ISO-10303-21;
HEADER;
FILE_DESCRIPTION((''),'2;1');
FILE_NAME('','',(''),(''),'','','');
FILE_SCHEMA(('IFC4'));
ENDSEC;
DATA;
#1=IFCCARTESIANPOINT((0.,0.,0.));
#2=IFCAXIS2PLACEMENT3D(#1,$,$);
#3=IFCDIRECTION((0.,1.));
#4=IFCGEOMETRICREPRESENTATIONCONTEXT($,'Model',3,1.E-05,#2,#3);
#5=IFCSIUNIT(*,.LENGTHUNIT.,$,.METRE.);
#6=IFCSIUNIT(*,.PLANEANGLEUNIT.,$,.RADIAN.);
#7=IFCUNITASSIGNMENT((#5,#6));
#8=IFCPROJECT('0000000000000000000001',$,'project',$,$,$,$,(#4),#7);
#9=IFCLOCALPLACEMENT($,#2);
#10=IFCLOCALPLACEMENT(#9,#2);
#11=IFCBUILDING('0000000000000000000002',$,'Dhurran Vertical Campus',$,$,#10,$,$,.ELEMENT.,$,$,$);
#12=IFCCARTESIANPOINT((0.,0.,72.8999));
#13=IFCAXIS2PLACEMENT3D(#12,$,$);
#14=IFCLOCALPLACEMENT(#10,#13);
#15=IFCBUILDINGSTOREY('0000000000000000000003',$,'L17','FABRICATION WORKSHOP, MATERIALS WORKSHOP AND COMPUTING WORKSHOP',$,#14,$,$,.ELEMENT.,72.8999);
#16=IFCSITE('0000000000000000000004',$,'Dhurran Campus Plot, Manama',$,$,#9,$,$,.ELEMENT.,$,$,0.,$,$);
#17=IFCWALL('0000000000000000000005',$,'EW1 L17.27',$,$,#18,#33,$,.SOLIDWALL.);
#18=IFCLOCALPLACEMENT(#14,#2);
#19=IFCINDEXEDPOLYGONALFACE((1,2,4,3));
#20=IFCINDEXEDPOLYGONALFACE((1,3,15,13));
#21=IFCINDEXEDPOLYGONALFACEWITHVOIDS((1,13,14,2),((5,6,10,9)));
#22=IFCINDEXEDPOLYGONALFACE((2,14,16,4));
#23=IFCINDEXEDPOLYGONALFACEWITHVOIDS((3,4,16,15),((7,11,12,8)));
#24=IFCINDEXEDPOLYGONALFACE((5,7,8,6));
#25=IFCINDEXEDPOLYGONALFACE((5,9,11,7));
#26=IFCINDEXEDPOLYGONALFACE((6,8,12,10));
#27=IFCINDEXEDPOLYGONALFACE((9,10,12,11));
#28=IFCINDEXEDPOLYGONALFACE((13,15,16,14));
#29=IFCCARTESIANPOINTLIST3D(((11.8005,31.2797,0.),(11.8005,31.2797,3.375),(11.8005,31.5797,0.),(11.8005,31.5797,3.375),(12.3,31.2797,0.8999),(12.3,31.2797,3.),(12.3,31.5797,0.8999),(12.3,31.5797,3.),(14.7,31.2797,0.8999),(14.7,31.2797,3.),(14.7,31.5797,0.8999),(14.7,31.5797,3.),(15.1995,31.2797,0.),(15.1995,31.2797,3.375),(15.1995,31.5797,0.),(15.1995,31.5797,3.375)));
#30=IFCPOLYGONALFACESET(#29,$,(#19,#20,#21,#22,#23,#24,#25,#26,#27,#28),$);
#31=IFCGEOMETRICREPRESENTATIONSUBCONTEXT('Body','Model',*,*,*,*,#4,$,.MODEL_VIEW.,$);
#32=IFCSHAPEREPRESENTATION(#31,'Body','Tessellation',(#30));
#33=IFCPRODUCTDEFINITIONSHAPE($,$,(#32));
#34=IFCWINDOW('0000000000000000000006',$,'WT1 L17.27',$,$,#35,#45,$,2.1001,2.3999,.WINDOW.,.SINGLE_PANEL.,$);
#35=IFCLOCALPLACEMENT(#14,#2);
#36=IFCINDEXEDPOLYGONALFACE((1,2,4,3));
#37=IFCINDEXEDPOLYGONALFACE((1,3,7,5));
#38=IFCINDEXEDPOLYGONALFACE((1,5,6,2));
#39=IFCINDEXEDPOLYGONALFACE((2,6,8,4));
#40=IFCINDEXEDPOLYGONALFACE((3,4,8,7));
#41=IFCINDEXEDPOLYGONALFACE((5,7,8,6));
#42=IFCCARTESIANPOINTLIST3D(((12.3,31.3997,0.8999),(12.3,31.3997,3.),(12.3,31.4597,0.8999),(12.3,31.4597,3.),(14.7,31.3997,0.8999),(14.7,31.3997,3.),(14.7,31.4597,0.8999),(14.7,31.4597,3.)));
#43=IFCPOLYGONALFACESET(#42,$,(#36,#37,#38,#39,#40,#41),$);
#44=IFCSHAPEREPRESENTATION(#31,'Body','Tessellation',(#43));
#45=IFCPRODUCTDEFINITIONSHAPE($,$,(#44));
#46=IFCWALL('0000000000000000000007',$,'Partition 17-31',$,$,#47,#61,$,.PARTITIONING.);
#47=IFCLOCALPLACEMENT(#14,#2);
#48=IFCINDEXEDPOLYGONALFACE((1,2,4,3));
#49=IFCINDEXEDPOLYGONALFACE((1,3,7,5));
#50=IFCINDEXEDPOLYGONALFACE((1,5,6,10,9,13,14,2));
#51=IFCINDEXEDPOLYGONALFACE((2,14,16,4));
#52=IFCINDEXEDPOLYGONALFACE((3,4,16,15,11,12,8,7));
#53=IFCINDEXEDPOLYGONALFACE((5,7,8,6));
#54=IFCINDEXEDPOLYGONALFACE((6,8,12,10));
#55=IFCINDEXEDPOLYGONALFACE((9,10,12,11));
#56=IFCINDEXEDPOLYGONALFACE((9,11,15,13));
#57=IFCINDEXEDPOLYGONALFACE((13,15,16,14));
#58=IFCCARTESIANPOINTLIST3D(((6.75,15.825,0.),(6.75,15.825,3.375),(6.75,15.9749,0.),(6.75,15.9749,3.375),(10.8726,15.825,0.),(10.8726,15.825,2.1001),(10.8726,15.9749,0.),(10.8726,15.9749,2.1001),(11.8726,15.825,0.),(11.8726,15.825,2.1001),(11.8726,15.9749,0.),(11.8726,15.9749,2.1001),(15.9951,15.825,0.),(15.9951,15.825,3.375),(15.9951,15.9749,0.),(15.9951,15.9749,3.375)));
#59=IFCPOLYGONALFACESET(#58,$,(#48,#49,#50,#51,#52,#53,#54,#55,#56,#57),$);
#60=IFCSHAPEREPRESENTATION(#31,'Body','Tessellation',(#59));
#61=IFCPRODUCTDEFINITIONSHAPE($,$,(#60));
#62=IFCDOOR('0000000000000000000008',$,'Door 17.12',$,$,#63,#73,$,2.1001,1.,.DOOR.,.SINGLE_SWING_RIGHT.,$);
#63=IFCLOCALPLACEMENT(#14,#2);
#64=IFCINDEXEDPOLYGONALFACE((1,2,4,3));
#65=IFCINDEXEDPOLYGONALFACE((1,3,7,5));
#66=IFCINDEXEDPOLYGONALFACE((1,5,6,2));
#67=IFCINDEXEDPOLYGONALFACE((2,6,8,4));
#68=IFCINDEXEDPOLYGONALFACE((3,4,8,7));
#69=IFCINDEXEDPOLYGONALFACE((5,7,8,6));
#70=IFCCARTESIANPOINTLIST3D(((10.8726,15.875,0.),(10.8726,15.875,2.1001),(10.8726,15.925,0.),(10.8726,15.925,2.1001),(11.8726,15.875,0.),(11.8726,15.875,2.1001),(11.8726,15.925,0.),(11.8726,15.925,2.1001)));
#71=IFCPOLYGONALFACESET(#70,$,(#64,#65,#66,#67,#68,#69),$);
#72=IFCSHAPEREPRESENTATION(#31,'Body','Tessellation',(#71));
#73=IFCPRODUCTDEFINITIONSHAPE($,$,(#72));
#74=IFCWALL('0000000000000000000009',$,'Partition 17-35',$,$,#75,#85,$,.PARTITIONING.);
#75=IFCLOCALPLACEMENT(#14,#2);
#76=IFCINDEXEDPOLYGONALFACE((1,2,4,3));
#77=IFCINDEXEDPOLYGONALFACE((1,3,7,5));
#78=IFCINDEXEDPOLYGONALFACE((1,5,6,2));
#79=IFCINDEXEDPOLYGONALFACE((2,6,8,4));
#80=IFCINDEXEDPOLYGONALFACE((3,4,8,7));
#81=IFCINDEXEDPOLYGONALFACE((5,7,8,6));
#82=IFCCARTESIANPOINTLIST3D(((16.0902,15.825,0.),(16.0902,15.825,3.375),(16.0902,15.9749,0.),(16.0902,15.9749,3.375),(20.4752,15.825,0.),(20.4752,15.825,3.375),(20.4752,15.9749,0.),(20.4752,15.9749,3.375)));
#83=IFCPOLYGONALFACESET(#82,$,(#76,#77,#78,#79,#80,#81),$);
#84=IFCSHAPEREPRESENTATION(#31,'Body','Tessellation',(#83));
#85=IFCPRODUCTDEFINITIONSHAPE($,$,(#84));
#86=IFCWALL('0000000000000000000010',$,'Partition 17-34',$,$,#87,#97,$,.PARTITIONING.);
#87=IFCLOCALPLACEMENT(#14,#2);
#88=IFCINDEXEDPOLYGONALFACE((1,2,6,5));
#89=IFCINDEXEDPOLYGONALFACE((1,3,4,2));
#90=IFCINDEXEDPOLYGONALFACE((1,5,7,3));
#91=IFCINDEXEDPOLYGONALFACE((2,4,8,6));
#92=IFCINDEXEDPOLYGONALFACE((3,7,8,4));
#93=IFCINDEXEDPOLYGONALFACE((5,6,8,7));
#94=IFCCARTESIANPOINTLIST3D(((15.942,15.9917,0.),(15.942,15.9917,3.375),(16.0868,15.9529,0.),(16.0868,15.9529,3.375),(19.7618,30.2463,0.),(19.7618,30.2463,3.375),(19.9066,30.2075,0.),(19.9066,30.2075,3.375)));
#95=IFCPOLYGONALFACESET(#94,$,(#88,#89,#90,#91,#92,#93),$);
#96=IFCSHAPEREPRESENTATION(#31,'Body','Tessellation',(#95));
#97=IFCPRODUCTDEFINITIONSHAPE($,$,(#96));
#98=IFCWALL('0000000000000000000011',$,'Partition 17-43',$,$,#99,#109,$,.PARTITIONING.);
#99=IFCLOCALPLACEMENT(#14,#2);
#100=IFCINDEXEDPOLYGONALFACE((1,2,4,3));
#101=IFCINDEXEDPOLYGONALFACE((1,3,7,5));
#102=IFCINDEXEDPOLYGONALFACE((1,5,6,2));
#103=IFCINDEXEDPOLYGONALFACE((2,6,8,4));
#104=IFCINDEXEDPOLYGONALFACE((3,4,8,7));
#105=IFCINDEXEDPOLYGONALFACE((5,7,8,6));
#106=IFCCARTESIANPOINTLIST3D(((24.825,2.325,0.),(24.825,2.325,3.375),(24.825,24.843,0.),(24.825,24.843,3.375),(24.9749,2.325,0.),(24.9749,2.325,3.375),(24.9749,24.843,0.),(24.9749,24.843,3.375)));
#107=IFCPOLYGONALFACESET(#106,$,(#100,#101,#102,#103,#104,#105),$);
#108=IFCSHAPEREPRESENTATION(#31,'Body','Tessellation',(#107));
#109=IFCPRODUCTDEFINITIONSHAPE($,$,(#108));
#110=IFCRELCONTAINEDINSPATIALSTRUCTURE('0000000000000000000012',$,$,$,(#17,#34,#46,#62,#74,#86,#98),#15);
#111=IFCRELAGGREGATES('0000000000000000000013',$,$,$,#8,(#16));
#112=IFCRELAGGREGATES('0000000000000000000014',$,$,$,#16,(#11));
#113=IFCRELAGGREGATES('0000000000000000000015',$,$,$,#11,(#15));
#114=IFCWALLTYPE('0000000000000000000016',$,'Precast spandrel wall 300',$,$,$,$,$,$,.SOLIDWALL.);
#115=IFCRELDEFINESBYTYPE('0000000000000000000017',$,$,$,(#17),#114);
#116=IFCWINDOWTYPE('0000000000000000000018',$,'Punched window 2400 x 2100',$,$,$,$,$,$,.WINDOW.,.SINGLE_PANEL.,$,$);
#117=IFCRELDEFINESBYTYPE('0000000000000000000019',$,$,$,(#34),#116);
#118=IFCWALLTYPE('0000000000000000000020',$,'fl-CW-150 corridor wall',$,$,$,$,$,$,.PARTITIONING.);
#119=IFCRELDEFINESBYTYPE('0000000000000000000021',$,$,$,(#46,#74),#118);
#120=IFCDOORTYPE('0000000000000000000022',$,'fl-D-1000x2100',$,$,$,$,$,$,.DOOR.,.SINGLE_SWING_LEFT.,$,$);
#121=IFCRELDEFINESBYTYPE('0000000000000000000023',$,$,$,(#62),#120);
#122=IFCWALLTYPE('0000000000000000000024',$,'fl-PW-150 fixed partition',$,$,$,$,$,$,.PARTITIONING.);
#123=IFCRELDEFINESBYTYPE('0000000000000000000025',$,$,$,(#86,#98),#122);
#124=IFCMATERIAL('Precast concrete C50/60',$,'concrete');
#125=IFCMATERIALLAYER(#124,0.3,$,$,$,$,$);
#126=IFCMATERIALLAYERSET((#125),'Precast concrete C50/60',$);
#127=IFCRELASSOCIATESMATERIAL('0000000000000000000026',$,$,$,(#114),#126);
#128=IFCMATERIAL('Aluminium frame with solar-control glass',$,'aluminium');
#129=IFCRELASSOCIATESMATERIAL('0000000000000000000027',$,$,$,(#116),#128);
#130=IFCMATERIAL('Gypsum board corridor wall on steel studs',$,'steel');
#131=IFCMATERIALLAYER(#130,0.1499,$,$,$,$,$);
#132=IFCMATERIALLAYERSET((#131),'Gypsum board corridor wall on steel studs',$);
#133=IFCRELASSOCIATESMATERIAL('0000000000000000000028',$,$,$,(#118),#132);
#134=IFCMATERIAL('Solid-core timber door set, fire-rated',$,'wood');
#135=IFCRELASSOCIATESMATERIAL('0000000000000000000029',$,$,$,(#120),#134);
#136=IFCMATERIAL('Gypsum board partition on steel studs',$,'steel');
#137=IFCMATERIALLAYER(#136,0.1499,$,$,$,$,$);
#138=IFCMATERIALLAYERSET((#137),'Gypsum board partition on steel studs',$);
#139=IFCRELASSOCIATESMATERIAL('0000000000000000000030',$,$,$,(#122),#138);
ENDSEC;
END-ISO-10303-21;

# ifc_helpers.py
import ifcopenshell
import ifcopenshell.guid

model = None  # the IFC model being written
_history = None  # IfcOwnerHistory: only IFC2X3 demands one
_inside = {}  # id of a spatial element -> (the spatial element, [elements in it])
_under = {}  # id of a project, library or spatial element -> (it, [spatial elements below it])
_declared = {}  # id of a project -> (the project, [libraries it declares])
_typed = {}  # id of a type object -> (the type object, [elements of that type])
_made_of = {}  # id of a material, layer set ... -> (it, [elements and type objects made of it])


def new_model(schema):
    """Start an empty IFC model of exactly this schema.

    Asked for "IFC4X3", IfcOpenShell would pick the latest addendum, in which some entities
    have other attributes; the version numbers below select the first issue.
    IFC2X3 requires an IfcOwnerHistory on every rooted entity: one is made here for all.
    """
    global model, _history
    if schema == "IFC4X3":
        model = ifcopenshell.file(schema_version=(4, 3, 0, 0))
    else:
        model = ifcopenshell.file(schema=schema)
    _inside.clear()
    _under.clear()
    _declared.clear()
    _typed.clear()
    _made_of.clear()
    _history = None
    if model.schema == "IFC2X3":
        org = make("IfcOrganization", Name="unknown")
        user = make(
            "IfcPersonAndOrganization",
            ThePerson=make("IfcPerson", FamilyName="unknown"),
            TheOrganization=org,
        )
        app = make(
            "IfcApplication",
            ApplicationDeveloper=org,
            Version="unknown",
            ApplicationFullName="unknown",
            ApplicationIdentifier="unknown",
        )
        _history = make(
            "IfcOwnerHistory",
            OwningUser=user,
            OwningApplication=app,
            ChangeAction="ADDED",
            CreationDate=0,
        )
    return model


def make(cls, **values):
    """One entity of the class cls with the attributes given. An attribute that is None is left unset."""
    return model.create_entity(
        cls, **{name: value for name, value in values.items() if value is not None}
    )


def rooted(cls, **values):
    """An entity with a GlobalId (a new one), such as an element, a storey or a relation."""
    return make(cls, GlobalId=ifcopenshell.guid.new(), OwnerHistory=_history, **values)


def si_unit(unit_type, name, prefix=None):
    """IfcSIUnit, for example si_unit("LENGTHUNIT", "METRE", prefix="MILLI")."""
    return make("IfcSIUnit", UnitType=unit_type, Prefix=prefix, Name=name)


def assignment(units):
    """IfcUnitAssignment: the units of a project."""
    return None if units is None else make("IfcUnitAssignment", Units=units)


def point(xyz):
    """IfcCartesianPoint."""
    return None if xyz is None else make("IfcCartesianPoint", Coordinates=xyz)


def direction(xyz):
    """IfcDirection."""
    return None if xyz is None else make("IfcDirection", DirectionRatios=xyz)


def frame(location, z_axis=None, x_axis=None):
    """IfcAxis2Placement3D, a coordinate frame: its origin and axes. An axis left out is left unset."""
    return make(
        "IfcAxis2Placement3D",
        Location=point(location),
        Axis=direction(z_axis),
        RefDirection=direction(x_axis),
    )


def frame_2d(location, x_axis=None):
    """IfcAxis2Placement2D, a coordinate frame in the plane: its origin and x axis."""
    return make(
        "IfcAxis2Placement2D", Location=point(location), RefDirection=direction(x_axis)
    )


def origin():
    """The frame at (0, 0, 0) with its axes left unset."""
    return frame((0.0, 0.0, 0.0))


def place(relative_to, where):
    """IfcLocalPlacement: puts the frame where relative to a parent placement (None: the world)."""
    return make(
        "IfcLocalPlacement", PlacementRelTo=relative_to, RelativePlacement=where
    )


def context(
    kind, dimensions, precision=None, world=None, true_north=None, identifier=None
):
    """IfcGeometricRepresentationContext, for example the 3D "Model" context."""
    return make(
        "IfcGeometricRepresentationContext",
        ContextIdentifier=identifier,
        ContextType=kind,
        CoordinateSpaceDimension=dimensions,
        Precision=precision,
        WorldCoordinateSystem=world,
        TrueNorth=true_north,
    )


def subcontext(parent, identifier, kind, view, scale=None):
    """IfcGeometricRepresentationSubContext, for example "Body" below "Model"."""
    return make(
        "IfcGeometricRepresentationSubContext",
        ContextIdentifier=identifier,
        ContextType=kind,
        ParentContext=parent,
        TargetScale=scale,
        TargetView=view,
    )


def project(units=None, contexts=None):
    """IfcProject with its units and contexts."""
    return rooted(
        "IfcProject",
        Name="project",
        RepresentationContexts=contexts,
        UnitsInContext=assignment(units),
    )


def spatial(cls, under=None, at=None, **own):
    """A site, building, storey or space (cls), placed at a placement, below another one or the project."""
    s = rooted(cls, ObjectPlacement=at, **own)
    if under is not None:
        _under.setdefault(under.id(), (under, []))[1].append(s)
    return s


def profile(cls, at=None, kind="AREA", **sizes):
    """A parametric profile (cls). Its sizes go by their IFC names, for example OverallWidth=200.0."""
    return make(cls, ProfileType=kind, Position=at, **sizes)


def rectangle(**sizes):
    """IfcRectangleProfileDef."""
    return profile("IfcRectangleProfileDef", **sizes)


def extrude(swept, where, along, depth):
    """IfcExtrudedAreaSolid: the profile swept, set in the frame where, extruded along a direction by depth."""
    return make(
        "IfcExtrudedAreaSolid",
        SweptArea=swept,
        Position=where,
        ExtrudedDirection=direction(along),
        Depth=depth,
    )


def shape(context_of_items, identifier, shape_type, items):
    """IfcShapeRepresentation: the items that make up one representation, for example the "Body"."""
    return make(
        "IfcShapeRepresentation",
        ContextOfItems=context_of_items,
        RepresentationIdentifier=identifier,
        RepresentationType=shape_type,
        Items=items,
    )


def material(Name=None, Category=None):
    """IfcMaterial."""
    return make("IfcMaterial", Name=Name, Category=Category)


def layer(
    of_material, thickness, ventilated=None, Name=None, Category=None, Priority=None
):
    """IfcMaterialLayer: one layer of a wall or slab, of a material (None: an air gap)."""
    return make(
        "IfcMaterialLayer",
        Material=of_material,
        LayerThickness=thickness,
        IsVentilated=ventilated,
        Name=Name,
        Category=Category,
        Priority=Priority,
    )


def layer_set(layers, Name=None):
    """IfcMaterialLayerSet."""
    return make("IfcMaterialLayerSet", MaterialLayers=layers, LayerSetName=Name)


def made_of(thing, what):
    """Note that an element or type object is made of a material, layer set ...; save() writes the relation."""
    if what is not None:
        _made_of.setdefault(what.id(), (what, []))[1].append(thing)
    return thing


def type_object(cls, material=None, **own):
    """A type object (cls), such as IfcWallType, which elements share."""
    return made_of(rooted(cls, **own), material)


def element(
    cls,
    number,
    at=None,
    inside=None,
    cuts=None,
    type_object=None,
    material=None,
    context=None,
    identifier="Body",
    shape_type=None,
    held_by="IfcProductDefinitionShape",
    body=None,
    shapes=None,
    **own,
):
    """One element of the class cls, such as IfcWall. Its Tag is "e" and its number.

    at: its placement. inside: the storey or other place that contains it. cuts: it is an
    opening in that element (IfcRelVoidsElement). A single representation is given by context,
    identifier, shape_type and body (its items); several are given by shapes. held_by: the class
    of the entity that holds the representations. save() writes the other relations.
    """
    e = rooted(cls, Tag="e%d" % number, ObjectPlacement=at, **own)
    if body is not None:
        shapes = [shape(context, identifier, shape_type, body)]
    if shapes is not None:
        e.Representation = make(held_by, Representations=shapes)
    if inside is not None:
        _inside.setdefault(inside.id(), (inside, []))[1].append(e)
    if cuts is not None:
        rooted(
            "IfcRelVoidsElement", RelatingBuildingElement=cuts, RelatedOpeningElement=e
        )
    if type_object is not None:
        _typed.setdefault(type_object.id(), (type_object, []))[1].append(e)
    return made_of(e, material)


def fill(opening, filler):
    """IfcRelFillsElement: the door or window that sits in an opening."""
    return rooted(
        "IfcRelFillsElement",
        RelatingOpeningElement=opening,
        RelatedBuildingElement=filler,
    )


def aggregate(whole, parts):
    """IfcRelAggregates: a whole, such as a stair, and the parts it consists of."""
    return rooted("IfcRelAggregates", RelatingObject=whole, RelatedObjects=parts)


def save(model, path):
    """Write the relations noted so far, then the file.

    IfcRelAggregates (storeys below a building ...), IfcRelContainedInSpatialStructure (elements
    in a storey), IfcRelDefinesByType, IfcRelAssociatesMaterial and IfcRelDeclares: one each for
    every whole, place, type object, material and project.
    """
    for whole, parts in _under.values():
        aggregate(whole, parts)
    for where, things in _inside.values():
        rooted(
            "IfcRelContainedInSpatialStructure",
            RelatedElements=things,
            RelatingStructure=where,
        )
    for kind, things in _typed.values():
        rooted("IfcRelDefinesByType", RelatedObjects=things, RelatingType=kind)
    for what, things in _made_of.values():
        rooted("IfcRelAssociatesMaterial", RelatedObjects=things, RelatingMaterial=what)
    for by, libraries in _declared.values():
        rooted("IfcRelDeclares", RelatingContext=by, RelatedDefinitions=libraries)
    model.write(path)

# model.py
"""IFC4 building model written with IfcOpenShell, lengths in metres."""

from ifc_helpers import new_model, si_unit, direction, frame, frame_2d, origin, place, context, subcontext, project, spatial, rectangle, extrude, material, layer, layer_set, type_object, element, fill, save


model = new_model("IFC4")

# Units and contexts
model_context = context("Model", 3, precision=1e-05, world=origin(), true_north=direction((0.0, 1.0)))
body_context = subcontext(model_context, "Body", "Model", "MODEL_VIEW")
ifc_project = project(units=[si_unit("LENGTHUNIT", "METRE"), si_unit("PLANEANGLEUNIT", "RADIAN")], contexts=[model_context])

# Site, building, storey
site_placement = place(None, origin())
site = spatial("IfcSite", under=ifc_project, at=site_placement, Name="Dhurran Campus Plot, Manama", CompositionType="ELEMENT", RefElevation=0.0)
building_placement = place(site_placement, origin())
building = spatial("IfcBuilding", under=site, at=building_placement, Name="Dhurran Vertical Campus", CompositionType="ELEMENT")
storey_placement = place(building_placement, frame((0.0, 0.0, 72.8999)))
storey = spatial("IfcBuildingStorey", under=building, at=storey_placement, Name="L17", Description="FABRICATION WORKSHOP, MATERIALS WORKSHOP AND COMPUTING WORKSHOP", CompositionType="ELEMENT", Elevation=72.8999)

# Wall, opening, window
ifc_material_1 = material(Name="Precast concrete C50/60", Category="concrete")
ifc_layer_1 = layer(ifc_material_1, 0.3)
ifc_layer_set_1 = layer_set([ifc_layer_1], Name="Precast concrete C50/60")
wall_type_1 = type_object("IfcWallType", Name="Precast spandrel wall 300", PredefinedType="SOLIDWALL", material=ifc_layer_set_1)
ifc_material_2 = material(Name="Aluminium frame with solar-control glass", Category="aluminium")
window_type = type_object("IfcWindowType", Name="Punched window 2400 x 2100", PartitioningType="SINGLE_PANEL", PredefinedType="WINDOW", material=ifc_material_2)
wall_1_placement = place(storey_placement, frame((15.1995, 31.4297, 0.0), z_axis=(0.0, 0.0, 1.0), x_axis=(-1.0, 0.0, 0.0)))
wall_1 = element("IfcWall", 1, at=wall_1_placement, inside=storey, type_object=wall_type_1, Name="EW1 L17.27", PredefinedType="SOLIDWALL", context=body_context, shape_type="SweptSolid", body=[
    extrude(rectangle(XDim=3.3989, YDim=0.3, at=frame_2d((1.6995, 0.0))), origin(), (0.0, 0.0, 1.0), 3.375),
])
opening_1_placement = place(wall_1_placement, frame((0.4995, 0.0, 0.8999)))
opening_1 = element("IfcOpeningElement", 2, at=opening_1_placement, cuts=wall_1, PredefinedType="OPENING", context=body_context, shape_type="SweptSolid", body=[
    extrude(rectangle(XDim=2.3999, YDim=2.1001, at=frame_2d((1.2, 1.05))), frame((0.0, 0.1599, 0.0), z_axis=(0.0, -1.0, 0.0), x_axis=(1.0, 0.0, 0.0)), (0.0, 0.0, 1.0), 0.3201),
])
window_1_placement = place(opening_1_placement, origin())
window_1 = element("IfcWindow", 3, at=window_1_placement, inside=storey, type_object=window_type, Name="WT1 L17.27", OverallHeight=2.1001, OverallWidth=2.3999, PartitioningType="SINGLE_PANEL", PredefinedType="WINDOW", context=body_context, shape_type="SweptSolid", body=[
    extrude(rectangle(XDim=2.3999, YDim=2.1001, at=frame_2d((1.2, 1.05))), frame((0.0, 0.03, 0.0), z_axis=(0.0, -1.0, 0.0), x_axis=(1.0, 0.0, 0.0)), (0.0, 0.0, 1.0), 0.0601),
])
fill(opening_1, window_1)

# Wall, opening, door
ifc_material_3 = material(Name="Gypsum board corridor wall on steel studs", Category="steel")
ifc_layer_2 = layer(ifc_material_3, 0.1499)
ifc_layer_set_2 = layer_set([ifc_layer_2], Name="Gypsum board corridor wall on steel studs")
wall_type_2 = type_object("IfcWallType", Name="fl-CW-150 corridor wall", PredefinedType="PARTITIONING", material=ifc_layer_set_2)
wall_2_placement = place(storey_placement, frame((15.9951, 15.8999, 0.0), z_axis=(0.0, 0.0, 1.0), x_axis=(-1.0, 0.0, 0.0)))
wall_2 = element("IfcWall", 4, at=wall_2_placement, inside=storey, type_object=wall_type_2, Name="Partition 17-31", PredefinedType="PARTITIONING", context=body_context, shape_type="SweptSolid", body=[
    extrude(rectangle(XDim=9.2451, YDim=0.1499, at=frame_2d((4.6226, 0.0))), origin(), (0.0, 0.0, 1.0), 3.375),
])
opening_2_placement = place(wall_2_placement, frame((4.1226, 0.0, 0.0)))
opening_2 = element("IfcOpeningElement", 5, at=opening_2_placement, cuts=wall_2, PredefinedType="OPENING", context=body_context, shape_type="SweptSolid", body=[
    extrude(rectangle(XDim=1.0, YDim=2.1001, at=frame_2d((0.5, 1.05))), frame((0.0, 0.085, 0.0), z_axis=(0.0, -1.0, 0.0), x_axis=(1.0, 0.0, 0.0)), (0.0, 0.0, 1.0), 0.1699),
])
ifc_material_4 = material(Name="Solid-core timber door set, fire-rated", Category="wood")
door_type = type_object("IfcDoorType", Name="fl-D-1000x2100", OperationType="SINGLE_SWING_LEFT", PredefinedType="DOOR", material=ifc_material_4)
door_placement = place(opening_2_placement, origin())
door = element("IfcDoor", 6, at=door_placement, inside=storey, type_object=door_type, Name="Door 17.12", OperationType="SINGLE_SWING_RIGHT", OverallHeight=2.1001, OverallWidth=1.0, PredefinedType="DOOR", context=body_context, shape_type="SweptSolid", body=[
    extrude(rectangle(XDim=1.0, YDim=2.1001, at=frame_2d((0.5, 1.05))), frame((0.0, 0.0249, 0.0), z_axis=(0.0, -1.0, 0.0), x_axis=(1.0, 0.0, 0.0)), (0.0, 0.0, 1.0), 0.05),
])
fill(opening_2, door)

# Walls
wall_3_placement = place(storey_placement, frame((20.4751, 15.8999, 0.0), z_axis=(0.0, 0.0, 1.0), x_axis=(-1.0, 0.0, 0.0)))
element("IfcWall", 7, at=wall_3_placement, inside=storey, type_object=wall_type_2, Name="Partition 17-35", PredefinedType="PARTITIONING", context=body_context, shape_type="SweptSolid", body=[
    extrude(rectangle(XDim=4.385, YDim=0.1499, at=frame_2d((2.1924, 0.0))), origin(), (0.0, 0.0, 1.0), 3.375),
])
ifc_material_5 = material(Name="Gypsum board partition on steel studs", Category="steel")
ifc_layer_3 = layer(ifc_material_5, 0.1499)
ifc_layer_set_3 = layer_set([ifc_layer_3], Name="Gypsum board partition on steel studs")
wall_type_3 = type_object("IfcWallType", Name="fl-PW-150 fixed partition", PredefinedType="PARTITIONING", material=ifc_layer_set_3)
wall_4_placement = place(storey_placement, frame((19.8342, 30.2271, 0.0), z_axis=(0.0, 0.0, 1.0), x_axis=(-0.258838, -0.965921, 0.0)))
element("IfcWall", 8, at=wall_4_placement, inside=storey, type_object=wall_type_3, Name="Partition 17-34", PredefinedType="PARTITIONING", context=body_context, shape_type="SweptSolid", body=[
    extrude(rectangle(XDim=14.7576, YDim=0.1499, at=frame_2d((7.3789, 0.0))), origin(), (0.0, 0.0, 1.0), 3.375),
])
wall_5_placement = place(storey_placement, frame((24.8999, 24.843, 0.0), z_axis=(0.0, 0.0, 1.0), x_axis=(0.0, -1.0, 0.0)))
element("IfcWall", 9, at=wall_5_placement, inside=storey, type_object=wall_type_3, Name="Partition 17-43", PredefinedType="PARTITIONING", context=body_context, shape_type="SweptSolid", body=[
    extrude(rectangle(XDim=22.5181, YDim=0.1499, at=frame_2d((11.259, 0.0))), origin(), (0.0, 0.0, 1.0), 3.375),
])

save(model, "model.ifc")
